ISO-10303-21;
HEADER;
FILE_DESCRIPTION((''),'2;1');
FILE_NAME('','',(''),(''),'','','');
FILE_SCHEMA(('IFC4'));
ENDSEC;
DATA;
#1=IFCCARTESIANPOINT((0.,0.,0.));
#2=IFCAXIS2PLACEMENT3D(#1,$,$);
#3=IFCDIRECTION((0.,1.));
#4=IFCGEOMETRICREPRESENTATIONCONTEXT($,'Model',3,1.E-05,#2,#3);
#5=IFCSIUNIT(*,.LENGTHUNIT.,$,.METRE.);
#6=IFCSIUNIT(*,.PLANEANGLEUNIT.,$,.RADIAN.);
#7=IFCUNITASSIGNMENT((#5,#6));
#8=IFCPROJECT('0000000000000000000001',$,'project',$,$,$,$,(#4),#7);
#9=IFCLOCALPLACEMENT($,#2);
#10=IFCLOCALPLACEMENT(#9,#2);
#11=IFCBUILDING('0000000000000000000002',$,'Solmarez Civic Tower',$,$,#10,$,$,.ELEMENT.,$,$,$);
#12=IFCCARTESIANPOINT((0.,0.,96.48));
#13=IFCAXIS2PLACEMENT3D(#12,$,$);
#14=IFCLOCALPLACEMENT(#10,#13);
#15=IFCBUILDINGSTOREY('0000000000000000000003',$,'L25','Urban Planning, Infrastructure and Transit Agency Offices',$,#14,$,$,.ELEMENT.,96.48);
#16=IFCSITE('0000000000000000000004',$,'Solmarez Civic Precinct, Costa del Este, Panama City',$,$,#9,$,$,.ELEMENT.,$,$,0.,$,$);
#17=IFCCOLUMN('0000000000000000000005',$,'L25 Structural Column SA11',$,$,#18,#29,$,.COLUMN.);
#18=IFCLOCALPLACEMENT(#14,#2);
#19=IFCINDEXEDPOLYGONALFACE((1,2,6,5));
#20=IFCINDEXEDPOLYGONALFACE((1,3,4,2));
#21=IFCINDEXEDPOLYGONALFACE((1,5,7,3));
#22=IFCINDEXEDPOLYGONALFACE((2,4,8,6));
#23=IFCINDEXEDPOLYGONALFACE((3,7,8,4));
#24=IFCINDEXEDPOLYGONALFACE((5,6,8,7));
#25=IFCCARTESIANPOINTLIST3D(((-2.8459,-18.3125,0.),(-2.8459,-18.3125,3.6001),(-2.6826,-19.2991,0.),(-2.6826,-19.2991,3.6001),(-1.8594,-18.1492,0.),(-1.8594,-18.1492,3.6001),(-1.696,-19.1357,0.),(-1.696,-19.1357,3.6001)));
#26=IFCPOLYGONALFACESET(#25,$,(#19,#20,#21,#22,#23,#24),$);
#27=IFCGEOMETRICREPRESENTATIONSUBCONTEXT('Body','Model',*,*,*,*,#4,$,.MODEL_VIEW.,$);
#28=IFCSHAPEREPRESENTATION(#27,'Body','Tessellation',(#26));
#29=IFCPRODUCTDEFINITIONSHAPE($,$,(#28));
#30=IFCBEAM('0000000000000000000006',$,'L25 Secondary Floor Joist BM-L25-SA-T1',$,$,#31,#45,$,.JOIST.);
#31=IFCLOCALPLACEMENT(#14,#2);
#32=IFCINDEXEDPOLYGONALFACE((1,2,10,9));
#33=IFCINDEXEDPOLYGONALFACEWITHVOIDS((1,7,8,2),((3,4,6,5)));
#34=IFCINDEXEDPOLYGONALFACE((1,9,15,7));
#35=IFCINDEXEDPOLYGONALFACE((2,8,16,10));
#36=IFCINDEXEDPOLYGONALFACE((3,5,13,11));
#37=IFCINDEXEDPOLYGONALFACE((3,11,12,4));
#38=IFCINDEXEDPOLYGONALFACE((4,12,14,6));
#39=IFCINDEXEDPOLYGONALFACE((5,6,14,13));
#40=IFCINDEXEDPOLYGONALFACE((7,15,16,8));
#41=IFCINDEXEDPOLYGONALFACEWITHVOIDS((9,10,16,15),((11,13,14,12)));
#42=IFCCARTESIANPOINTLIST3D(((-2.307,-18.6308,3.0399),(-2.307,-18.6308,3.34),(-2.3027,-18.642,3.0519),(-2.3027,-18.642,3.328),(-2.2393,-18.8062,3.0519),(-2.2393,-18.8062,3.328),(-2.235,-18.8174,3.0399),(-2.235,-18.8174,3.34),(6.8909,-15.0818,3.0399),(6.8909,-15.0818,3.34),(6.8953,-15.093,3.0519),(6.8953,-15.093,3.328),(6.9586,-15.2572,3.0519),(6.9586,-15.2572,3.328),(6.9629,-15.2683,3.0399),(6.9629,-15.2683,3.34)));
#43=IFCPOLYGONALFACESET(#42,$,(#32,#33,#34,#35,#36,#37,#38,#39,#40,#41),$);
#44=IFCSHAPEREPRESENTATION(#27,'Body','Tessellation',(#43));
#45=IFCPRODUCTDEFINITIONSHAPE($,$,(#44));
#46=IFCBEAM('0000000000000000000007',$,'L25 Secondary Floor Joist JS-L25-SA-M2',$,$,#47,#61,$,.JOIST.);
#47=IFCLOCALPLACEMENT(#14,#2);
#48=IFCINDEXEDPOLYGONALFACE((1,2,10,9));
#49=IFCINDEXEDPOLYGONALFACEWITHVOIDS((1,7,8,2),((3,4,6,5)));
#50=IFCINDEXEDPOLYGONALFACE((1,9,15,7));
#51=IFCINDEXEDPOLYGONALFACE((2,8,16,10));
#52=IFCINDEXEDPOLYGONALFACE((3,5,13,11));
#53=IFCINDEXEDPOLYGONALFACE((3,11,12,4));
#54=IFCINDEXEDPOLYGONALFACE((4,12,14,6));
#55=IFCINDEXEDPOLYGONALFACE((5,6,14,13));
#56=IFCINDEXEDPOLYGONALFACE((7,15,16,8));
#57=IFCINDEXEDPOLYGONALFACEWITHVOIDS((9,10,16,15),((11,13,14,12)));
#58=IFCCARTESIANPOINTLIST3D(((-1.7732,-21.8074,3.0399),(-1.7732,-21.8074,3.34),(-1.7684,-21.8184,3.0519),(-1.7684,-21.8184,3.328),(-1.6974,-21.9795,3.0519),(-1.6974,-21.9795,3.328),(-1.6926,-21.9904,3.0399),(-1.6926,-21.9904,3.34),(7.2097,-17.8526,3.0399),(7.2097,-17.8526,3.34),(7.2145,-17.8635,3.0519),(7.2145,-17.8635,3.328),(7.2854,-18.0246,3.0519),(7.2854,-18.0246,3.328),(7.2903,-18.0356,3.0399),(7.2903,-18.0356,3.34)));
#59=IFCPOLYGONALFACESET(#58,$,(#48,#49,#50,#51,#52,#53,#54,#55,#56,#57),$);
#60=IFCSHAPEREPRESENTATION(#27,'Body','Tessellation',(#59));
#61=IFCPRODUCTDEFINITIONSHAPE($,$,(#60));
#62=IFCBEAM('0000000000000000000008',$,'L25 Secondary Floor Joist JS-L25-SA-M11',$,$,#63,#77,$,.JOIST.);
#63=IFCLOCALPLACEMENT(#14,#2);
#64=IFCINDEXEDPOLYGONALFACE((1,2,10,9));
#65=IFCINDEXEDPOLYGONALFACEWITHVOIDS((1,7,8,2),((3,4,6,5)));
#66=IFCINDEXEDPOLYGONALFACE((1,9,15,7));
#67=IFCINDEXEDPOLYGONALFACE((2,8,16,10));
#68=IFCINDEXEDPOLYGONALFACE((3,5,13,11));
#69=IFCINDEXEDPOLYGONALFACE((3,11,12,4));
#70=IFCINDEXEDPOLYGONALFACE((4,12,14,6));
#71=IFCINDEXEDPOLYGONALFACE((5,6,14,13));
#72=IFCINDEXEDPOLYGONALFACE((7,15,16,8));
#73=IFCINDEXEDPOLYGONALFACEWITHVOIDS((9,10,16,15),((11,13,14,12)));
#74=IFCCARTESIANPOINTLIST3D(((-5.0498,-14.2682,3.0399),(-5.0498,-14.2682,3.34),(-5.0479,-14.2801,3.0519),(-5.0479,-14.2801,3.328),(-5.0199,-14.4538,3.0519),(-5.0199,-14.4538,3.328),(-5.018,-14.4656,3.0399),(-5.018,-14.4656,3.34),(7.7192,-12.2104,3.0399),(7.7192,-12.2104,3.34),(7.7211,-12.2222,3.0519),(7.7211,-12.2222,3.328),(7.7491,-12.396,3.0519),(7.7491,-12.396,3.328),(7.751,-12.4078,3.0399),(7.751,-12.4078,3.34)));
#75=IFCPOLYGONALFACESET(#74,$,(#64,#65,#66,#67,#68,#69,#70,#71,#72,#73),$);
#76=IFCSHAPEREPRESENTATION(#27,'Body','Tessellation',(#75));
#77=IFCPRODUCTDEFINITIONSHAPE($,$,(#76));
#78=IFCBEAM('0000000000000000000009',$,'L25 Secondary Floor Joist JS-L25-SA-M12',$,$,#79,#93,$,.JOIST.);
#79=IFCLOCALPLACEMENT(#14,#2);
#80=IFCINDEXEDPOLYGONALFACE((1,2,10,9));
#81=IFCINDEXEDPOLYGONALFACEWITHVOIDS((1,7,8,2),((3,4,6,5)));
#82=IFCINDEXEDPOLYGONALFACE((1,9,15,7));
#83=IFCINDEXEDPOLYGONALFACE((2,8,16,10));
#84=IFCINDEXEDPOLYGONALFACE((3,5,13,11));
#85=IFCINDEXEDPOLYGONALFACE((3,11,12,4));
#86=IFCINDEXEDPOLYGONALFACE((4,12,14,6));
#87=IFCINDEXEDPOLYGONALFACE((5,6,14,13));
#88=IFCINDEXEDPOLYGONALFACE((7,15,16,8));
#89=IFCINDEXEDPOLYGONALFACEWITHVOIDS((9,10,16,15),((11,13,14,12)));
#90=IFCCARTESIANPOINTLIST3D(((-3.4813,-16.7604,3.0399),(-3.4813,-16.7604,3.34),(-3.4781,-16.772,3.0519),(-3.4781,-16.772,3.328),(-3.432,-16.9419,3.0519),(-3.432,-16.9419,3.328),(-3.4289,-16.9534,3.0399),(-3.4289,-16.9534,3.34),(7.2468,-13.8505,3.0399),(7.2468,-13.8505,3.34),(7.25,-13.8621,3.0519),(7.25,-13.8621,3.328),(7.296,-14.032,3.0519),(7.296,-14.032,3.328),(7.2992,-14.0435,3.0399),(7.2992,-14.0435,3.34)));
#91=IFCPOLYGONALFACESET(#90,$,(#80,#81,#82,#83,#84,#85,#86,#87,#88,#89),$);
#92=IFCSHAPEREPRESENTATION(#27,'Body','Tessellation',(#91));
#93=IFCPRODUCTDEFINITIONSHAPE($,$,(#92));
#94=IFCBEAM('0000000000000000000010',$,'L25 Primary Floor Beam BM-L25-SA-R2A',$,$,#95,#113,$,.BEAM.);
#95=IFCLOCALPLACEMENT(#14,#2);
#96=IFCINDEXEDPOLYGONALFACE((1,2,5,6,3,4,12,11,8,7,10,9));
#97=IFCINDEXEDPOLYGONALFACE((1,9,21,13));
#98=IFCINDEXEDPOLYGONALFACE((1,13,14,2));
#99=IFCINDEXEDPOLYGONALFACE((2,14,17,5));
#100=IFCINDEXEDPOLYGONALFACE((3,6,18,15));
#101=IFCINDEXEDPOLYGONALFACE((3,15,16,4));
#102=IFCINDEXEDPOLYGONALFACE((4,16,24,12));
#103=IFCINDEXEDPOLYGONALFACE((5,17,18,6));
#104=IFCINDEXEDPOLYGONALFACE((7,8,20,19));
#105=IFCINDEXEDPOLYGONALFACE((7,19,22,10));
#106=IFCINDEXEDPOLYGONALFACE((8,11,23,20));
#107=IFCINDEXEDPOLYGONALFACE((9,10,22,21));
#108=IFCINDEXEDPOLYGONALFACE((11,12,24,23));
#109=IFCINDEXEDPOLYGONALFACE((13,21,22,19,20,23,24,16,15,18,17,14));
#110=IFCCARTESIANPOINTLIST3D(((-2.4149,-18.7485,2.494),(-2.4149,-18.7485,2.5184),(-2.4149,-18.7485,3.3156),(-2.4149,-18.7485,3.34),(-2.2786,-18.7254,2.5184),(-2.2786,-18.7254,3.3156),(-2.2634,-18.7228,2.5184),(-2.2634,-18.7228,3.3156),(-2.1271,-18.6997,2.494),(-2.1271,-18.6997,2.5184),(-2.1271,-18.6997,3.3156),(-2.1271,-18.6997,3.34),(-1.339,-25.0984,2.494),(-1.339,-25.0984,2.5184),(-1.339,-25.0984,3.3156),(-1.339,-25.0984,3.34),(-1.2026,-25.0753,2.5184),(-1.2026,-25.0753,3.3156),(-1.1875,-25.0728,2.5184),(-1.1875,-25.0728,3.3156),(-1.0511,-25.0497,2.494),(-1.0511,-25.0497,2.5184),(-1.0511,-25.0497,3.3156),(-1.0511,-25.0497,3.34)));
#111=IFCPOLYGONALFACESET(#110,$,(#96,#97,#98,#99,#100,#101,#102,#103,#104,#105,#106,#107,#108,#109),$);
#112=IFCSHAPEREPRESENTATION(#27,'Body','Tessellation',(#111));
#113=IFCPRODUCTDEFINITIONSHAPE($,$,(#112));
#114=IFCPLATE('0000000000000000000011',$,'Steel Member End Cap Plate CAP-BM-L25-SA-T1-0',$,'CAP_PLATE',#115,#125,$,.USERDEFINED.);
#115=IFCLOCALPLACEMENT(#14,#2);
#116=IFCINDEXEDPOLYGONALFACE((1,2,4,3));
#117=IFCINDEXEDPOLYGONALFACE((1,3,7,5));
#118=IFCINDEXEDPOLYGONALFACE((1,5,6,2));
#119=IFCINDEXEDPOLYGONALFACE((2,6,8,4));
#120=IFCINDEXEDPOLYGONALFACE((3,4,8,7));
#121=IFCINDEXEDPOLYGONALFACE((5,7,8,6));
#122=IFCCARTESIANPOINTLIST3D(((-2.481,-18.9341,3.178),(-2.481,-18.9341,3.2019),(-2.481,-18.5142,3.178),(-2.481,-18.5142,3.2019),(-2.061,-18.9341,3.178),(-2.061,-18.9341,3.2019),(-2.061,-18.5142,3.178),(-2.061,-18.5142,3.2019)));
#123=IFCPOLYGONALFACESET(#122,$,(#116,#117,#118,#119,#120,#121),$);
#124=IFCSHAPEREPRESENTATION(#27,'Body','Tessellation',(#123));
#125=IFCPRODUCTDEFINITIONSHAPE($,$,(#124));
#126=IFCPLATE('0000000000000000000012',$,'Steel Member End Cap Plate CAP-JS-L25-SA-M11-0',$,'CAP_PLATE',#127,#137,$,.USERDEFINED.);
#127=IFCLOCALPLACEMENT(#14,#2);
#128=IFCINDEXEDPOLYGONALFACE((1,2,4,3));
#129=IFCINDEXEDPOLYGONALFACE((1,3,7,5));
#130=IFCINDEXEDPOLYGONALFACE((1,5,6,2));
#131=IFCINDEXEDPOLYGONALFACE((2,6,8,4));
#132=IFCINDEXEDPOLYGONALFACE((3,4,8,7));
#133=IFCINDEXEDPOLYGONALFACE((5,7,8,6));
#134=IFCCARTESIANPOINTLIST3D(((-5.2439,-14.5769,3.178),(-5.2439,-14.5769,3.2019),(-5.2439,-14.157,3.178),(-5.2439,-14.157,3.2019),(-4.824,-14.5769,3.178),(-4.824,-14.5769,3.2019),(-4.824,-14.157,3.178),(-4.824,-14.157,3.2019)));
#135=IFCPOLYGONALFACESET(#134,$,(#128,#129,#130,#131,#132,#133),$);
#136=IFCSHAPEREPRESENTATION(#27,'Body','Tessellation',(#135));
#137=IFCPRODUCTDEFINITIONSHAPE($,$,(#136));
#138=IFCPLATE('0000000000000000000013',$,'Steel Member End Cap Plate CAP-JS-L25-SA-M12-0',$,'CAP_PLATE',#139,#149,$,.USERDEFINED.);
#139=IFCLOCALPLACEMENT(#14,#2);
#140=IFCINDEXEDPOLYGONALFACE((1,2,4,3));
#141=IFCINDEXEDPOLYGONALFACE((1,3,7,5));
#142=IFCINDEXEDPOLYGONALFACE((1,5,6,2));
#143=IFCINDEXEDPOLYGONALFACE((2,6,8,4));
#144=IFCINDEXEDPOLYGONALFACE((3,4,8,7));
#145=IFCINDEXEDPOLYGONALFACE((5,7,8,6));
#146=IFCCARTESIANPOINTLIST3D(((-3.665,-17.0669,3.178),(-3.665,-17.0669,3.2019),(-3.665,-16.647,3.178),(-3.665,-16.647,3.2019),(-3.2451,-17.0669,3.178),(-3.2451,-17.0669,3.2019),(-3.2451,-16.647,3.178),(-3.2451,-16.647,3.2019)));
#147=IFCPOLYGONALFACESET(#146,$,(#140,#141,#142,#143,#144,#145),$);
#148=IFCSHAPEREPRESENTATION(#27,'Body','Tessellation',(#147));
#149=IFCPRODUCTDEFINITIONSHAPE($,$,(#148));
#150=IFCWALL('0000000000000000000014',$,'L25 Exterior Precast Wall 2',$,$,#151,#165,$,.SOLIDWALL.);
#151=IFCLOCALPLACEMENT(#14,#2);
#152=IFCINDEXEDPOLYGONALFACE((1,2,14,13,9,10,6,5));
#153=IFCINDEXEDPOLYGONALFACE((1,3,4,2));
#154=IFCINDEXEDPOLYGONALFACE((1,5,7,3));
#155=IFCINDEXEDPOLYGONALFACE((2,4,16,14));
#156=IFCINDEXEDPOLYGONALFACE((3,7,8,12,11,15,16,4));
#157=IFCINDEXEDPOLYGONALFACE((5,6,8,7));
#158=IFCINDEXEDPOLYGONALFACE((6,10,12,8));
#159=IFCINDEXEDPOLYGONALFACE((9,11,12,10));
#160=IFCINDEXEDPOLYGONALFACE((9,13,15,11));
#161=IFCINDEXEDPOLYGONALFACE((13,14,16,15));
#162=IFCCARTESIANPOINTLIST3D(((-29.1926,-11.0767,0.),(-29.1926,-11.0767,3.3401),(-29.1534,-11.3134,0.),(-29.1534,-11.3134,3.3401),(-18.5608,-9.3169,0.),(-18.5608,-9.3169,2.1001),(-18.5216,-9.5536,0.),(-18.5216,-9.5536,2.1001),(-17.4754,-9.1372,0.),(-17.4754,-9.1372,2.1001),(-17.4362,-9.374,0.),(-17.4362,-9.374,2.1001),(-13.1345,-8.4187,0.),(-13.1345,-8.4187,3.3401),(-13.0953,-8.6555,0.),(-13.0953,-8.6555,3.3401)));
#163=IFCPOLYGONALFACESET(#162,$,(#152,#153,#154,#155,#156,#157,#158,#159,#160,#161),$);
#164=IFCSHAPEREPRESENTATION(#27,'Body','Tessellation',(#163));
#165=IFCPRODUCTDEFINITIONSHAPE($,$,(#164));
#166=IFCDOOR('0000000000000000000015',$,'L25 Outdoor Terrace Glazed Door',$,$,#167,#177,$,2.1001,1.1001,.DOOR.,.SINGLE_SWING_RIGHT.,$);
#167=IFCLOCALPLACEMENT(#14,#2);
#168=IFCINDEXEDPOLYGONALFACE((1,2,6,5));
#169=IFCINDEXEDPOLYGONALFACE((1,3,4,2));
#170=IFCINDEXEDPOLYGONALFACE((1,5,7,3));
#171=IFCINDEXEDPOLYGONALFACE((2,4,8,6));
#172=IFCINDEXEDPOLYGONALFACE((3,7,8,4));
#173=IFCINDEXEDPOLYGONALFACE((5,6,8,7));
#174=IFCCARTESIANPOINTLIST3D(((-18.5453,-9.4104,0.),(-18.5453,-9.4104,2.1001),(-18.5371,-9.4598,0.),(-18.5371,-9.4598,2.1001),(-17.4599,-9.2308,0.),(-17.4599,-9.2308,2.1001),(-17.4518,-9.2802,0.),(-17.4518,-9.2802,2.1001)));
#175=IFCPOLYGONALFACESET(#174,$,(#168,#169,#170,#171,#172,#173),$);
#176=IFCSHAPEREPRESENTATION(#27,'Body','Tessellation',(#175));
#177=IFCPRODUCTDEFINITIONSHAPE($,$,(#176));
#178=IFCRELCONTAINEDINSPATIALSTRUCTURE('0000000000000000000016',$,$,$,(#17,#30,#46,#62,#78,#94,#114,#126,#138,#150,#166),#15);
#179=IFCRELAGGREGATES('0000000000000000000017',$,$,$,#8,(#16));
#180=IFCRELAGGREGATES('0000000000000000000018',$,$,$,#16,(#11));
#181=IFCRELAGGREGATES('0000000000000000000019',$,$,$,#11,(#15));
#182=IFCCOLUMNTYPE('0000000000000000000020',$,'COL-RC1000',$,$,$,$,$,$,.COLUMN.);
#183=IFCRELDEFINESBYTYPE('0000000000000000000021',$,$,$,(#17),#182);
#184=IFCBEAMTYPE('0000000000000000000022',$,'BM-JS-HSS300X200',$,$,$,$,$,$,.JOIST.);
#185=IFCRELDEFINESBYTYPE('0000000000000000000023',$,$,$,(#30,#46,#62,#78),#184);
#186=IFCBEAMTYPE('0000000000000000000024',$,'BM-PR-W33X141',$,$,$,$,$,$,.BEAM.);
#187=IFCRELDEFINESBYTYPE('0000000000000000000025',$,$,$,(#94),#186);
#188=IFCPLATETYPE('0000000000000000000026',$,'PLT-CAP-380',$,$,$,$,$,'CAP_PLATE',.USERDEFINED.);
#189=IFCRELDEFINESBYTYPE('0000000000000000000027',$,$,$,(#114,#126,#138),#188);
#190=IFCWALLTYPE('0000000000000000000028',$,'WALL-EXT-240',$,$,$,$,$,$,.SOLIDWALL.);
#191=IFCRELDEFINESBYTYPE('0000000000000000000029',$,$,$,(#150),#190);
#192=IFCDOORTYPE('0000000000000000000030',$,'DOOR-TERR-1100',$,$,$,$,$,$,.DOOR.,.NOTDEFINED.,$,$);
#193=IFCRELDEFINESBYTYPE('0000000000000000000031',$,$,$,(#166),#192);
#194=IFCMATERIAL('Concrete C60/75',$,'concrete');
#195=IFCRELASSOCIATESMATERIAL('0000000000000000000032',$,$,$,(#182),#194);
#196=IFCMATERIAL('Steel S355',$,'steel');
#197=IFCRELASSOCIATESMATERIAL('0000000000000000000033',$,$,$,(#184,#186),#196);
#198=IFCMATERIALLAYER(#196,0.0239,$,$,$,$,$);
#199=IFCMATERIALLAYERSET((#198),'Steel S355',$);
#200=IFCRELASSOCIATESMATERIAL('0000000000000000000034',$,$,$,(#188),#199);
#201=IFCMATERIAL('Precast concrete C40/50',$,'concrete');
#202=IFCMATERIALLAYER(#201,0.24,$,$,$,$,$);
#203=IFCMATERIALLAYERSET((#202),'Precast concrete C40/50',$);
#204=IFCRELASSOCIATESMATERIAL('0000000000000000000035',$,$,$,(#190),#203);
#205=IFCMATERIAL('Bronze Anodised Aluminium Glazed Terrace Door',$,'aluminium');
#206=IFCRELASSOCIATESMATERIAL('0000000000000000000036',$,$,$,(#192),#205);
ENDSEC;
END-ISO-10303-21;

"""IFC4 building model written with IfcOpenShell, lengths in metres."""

from ifc_helpers import new_model, si_unit, direction, frame, frame_2d, origin, origin_2d, place, context, subcontext, project, spatial, rectangle, hollow_rectangle, i_section, extrude, material, layer, layer_set, material_profile, profile_set, type_object, element, fill, save


model = new_model("IFC4")

# Units and contexts
model_context = context("Model", 3, precision=1e-05, world=origin(), true_north=direction((0.0, 1.0)))
body_context = subcontext(model_context, "Body", "Model", "MODEL_VIEW")
ifc_project = project(units=[si_unit("LENGTHUNIT", "METRE"), si_unit("PLANEANGLEUNIT", "RADIAN")], contexts=[model_context])

# Site, building, storey
site_placement = place(None, origin())
site = spatial("IfcSite", under=ifc_project, at=site_placement, Name="Solmarez Civic Precinct, Costa del Este, Panama City", CompositionType="ELEMENT", RefElevation=0.0)
building_placement = place(site_placement, origin())
building = spatial("IfcBuilding", under=site, at=building_placement, Name="Solmarez Civic Tower", CompositionType="ELEMENT")
storey_placement = place(building_placement, frame((0.0, 0.0, 96.48)))
storey = spatial("IfcBuildingStorey", under=building, at=storey_placement, Name="L25", Description="Urban Planning, Infrastructure and Transit Agency Offices", CompositionType="ELEMENT", Elevation=96.48)

# Column
ifc_material_1 = material(Name="Concrete C60/75", Category="concrete")
ifc_material_profile_1 = material_profile(ifc_material_1, rectangle(XDim=1.0, YDim=1.0, at=origin_2d()), Name="RC1000X1000")
ifc_profile_set_1 = profile_set([ifc_material_profile_1], Name="Concrete C60/75")
column_type = type_object("IfcColumnType", Name="COL-RC1000", PredefinedType="COLUMN", material=ifc_profile_set_1)
column_placement = place(storey_placement, frame((-2.271, -18.7241, 0.0), z_axis=(0.0, 0.0, 1.0), x_axis=(0.986572, 0.163326, 0.0)))
element("IfcColumn", 1, at=column_placement, inside=storey, type_object=column_type, Name="L25 Structural Column SA11", PredefinedType="COLUMN", context=body_context, shape_type="SweptSolid", body=[
    extrude(rectangle(XDim=1.0, YDim=1.0, at=origin_2d()), origin(), (0.0, 0.0, 1.0), 3.6001),
])

# Beams
ifc_material_2 = material(Name="Steel S355", Category="steel")
ifc_material_profile_2 = material_profile(ifc_material_2, hollow_rectangle(XDim=0.2, YDim=0.3, WallThickness=0.012, at=origin_2d()), Name="HSS300X200X12")
ifc_profile_set_2 = profile_set([ifc_material_profile_2], Name="Steel S355")
beam_type_1 = type_object("IfcBeamType", Name="BM-JS-HSS300X200", PredefinedType="JOIST", material=ifc_profile_set_2)
beam_1_placement = place(storey_placement, frame((-2.271, -18.7241, 3.1899), z_axis=(0.932958, 0.359984, 0.0), x_axis=(-0.359984, 0.932958, 0.0)))
element("IfcBeam", 2, at=beam_1_placement, inside=storey, type_object=beam_type_1, Name="L25 Secondary Floor Joist BM-L25-SA-T1", PredefinedType="JOIST", context=body_context, shape_type="SweptSolid", body=[
    extrude(hollow_rectangle(XDim=0.2, YDim=0.3, WallThickness=0.012, at=origin_2d()), origin(), (0.0, 0.0, 1.0), 9.8589),
])
beam_2_placement = place(storey_placement, frame((-1.7329, -21.8989, 3.1899), z_axis=(0.915227, 0.402939, 0.0), x_axis=(-0.402939, 0.915227, 0.0)))
element("IfcBeam", 3, at=beam_2_placement, inside=storey, type_object=beam_type_1, Name="L25 Secondary Floor Joist JS-L25-SA-M2", PredefinedType="JOIST", context=body_context, shape_type="SweptSolid", body=[
    extrude(hollow_rectangle(XDim=0.2, YDim=0.3, WallThickness=0.012, at=origin_2d()), origin(), (0.0, 0.0, 1.0), 9.8149),
])
beam_3_placement = place(storey_placement, frame((-5.0339, -14.3669, 3.1899), z_axis=(0.987261, 0.159107, 0.0), x_axis=(-0.159107, 0.987261, 0.0)))
element("IfcBeam", 4, at=beam_3_placement, inside=storey, type_object=beam_type_1, Name="L25 Secondary Floor Joist JS-L25-SA-M11", PredefinedType="JOIST", context=body_context, shape_type="SweptSolid", body=[
    extrude(hollow_rectangle(XDim=0.2, YDim=0.3, WallThickness=0.012, at=origin_2d()), origin(), (0.0, 0.0, 1.0), 12.9338),
])
beam_4_placement = place(storey_placement, frame((-3.4551, -16.8569, 3.1899), z_axis=(0.965126, 0.261785, 0.0), x_axis=(-0.261785, 0.965126, 0.0)))
element("IfcBeam", 5, at=beam_4_placement, inside=storey, type_object=beam_type_1, Name="L25 Secondary Floor Joist JS-L25-SA-M12", PredefinedType="JOIST", context=body_context, shape_type="SweptSolid", body=[
    extrude(hollow_rectangle(XDim=0.2, YDim=0.3, WallThickness=0.012, at=origin_2d()), origin(), (0.0, 0.0, 1.0), 11.1157),
])
ifc_material_profile_3 = material_profile(ifc_material_2, i_section(OverallWidth=0.292, OverallDepth=0.8459, WebThickness=0.0154, FlangeThickness=0.0244, at=origin_2d()), Name="W33X141")
ifc_profile_set_3 = profile_set([ifc_material_profile_3], Name="Steel S355")
beam_type_2 = type_object("IfcBeamType", Name="BM-PR-W33X141", PredefinedType="BEAM", material=ifc_profile_set_3)
beam_5_placement = place(storey_placement, frame((-2.271, -18.7241, 2.917), z_axis=(0.16706, -0.985947, 0.0), x_axis=(0.985947, 0.16706, 0.0)))
element("IfcBeam", 6, at=beam_5_placement, inside=storey, type_object=beam_type_2, Name="L25 Primary Floor Beam BM-L25-SA-R2A", PredefinedType="BEAM", context=body_context, shape_type="SweptSolid", body=[
    extrude(i_section(OverallWidth=0.292, OverallDepth=0.8459, WebThickness=0.0154, FlangeThickness=0.0244, at=origin_2d()), origin(), (0.0, 0.0, 1.0), 6.4404),
])

# Plates
ifc_layer_1 = layer(ifc_material_2, 0.0239)
ifc_layer_set_1 = layer_set([ifc_layer_1], Name="Steel S355")
plate_type = type_object("IfcPlateType", Name="PLT-CAP-380", ElementType="CAP_PLATE", PredefinedType="USERDEFINED", material=ifc_layer_set_1)
for number, where, z_axis, x_axis, name in (
    (7, (-2.271, -18.7241, 3.178), (0.0, 0.0, 1.0), (1.0, 0.0, 0.0), "Steel Member End Cap Plate CAP-BM-L25-SA-T1-0"),
    (8, (-5.0339, -14.3669, 3.178), (0.0, 0.0, 1.0), (1.0, 0.0, 0.0), "Steel Member End Cap Plate CAP-JS-L25-SA-M11-0"),
    (9, (-3.4551, -16.8569, 3.178), (0.0, 0.0, 1.0), (1.0, 0.0, 0.0), "Steel Member End Cap Plate CAP-JS-L25-SA-M12-0"),
):
    element("IfcPlate", number, at=place(storey_placement, frame(where, z_axis=z_axis, x_axis=x_axis)), inside=storey, type_object=plate_type, Name=name, ObjectType="CAP_PLATE", PredefinedType="USERDEFINED", context=body_context, shape_type="SweptSolid", body=[
        extrude(rectangle(XDim=0.4199, YDim=0.4199, at=origin_2d()), origin(), (0.0, 0.0, 1.0), 0.0239),
    ])

# Wall, opening, door
ifc_material_3 = material(Name="Precast concrete C40/50", Category="concrete")
ifc_layer_2 = layer(ifc_material_3, 0.24)
ifc_layer_set_2 = layer_set([ifc_layer_2], Name="Precast concrete C40/50")
wall_type_1 = type_object("IfcWallType", Name="WALL-EXT-240", PredefinedType="SOLIDWALL", material=ifc_layer_set_2)
wall_1_placement = place(storey_placement, frame((-13.115, -8.5371, 0.0), z_axis=(0.0, 0.0, 1.0), x_axis=(-0.986577, -0.163299, 0.0)))
wall_1 = element("IfcWall", 10, at=wall_1_placement, inside=storey, type_object=wall_type_1, Name="L25 Exterior Precast Wall 2", PredefinedType="SOLIDWALL", context=body_context, shape_type="SweptSolid", body=[
    extrude(rectangle(XDim=16.2766, YDim=0.24, at=frame_2d((8.1382, 0.0))), origin(), (0.0, 0.0, 1.0), 3.3401),
])
opening_placement = place(wall_1_placement, frame((4.3999, 0.0, 0.0)))
opening = element("IfcOpeningElement", 11, at=opening_placement, cuts=wall_1, PredefinedType="OPENING", context=body_context, shape_type="SweptSolid", body=[
    extrude(rectangle(XDim=1.1001, YDim=2.1001, at=frame_2d((0.55, 1.05))), frame((0.0, 0.1299, 0.0), z_axis=(0.0, -1.0, 0.0), x_axis=(1.0, 0.0, 0.0)), (0.0, 0.0, 1.0), 0.26),
])
ifc_material_4 = material(Name="Bronze Anodised Aluminium Glazed Terrace Door", Category="aluminium")
door_type = type_object("IfcDoorType", Name="DOOR-TERR-1100", OperationType="NOTDEFINED", PredefinedType="DOOR", material=ifc_material_4)
door_placement = place(opening_placement, origin())
door = element("IfcDoor", 12, at=door_placement, inside=storey, type_object=door_type, Name="L25 Outdoor Terrace Glazed Door", OperationType="SINGLE_SWING_RIGHT", OverallHeight=2.1001, OverallWidth=1.1001, PredefinedType="DOOR", context=body_context, shape_type="SweptSolid", body=[
    extrude(rectangle(XDim=1.1001, YDim=2.1001, at=frame_2d((0.55, 1.05))), frame((0.0, 0.0249, 0.0), z_axis=(0.0, -1.0, 0.0), x_axis=(1.0, 0.0, 0.0)), (0.0, 0.0, 1.0), 0.05),
])
fill(opening, door)

save(model, "model.ifc")
